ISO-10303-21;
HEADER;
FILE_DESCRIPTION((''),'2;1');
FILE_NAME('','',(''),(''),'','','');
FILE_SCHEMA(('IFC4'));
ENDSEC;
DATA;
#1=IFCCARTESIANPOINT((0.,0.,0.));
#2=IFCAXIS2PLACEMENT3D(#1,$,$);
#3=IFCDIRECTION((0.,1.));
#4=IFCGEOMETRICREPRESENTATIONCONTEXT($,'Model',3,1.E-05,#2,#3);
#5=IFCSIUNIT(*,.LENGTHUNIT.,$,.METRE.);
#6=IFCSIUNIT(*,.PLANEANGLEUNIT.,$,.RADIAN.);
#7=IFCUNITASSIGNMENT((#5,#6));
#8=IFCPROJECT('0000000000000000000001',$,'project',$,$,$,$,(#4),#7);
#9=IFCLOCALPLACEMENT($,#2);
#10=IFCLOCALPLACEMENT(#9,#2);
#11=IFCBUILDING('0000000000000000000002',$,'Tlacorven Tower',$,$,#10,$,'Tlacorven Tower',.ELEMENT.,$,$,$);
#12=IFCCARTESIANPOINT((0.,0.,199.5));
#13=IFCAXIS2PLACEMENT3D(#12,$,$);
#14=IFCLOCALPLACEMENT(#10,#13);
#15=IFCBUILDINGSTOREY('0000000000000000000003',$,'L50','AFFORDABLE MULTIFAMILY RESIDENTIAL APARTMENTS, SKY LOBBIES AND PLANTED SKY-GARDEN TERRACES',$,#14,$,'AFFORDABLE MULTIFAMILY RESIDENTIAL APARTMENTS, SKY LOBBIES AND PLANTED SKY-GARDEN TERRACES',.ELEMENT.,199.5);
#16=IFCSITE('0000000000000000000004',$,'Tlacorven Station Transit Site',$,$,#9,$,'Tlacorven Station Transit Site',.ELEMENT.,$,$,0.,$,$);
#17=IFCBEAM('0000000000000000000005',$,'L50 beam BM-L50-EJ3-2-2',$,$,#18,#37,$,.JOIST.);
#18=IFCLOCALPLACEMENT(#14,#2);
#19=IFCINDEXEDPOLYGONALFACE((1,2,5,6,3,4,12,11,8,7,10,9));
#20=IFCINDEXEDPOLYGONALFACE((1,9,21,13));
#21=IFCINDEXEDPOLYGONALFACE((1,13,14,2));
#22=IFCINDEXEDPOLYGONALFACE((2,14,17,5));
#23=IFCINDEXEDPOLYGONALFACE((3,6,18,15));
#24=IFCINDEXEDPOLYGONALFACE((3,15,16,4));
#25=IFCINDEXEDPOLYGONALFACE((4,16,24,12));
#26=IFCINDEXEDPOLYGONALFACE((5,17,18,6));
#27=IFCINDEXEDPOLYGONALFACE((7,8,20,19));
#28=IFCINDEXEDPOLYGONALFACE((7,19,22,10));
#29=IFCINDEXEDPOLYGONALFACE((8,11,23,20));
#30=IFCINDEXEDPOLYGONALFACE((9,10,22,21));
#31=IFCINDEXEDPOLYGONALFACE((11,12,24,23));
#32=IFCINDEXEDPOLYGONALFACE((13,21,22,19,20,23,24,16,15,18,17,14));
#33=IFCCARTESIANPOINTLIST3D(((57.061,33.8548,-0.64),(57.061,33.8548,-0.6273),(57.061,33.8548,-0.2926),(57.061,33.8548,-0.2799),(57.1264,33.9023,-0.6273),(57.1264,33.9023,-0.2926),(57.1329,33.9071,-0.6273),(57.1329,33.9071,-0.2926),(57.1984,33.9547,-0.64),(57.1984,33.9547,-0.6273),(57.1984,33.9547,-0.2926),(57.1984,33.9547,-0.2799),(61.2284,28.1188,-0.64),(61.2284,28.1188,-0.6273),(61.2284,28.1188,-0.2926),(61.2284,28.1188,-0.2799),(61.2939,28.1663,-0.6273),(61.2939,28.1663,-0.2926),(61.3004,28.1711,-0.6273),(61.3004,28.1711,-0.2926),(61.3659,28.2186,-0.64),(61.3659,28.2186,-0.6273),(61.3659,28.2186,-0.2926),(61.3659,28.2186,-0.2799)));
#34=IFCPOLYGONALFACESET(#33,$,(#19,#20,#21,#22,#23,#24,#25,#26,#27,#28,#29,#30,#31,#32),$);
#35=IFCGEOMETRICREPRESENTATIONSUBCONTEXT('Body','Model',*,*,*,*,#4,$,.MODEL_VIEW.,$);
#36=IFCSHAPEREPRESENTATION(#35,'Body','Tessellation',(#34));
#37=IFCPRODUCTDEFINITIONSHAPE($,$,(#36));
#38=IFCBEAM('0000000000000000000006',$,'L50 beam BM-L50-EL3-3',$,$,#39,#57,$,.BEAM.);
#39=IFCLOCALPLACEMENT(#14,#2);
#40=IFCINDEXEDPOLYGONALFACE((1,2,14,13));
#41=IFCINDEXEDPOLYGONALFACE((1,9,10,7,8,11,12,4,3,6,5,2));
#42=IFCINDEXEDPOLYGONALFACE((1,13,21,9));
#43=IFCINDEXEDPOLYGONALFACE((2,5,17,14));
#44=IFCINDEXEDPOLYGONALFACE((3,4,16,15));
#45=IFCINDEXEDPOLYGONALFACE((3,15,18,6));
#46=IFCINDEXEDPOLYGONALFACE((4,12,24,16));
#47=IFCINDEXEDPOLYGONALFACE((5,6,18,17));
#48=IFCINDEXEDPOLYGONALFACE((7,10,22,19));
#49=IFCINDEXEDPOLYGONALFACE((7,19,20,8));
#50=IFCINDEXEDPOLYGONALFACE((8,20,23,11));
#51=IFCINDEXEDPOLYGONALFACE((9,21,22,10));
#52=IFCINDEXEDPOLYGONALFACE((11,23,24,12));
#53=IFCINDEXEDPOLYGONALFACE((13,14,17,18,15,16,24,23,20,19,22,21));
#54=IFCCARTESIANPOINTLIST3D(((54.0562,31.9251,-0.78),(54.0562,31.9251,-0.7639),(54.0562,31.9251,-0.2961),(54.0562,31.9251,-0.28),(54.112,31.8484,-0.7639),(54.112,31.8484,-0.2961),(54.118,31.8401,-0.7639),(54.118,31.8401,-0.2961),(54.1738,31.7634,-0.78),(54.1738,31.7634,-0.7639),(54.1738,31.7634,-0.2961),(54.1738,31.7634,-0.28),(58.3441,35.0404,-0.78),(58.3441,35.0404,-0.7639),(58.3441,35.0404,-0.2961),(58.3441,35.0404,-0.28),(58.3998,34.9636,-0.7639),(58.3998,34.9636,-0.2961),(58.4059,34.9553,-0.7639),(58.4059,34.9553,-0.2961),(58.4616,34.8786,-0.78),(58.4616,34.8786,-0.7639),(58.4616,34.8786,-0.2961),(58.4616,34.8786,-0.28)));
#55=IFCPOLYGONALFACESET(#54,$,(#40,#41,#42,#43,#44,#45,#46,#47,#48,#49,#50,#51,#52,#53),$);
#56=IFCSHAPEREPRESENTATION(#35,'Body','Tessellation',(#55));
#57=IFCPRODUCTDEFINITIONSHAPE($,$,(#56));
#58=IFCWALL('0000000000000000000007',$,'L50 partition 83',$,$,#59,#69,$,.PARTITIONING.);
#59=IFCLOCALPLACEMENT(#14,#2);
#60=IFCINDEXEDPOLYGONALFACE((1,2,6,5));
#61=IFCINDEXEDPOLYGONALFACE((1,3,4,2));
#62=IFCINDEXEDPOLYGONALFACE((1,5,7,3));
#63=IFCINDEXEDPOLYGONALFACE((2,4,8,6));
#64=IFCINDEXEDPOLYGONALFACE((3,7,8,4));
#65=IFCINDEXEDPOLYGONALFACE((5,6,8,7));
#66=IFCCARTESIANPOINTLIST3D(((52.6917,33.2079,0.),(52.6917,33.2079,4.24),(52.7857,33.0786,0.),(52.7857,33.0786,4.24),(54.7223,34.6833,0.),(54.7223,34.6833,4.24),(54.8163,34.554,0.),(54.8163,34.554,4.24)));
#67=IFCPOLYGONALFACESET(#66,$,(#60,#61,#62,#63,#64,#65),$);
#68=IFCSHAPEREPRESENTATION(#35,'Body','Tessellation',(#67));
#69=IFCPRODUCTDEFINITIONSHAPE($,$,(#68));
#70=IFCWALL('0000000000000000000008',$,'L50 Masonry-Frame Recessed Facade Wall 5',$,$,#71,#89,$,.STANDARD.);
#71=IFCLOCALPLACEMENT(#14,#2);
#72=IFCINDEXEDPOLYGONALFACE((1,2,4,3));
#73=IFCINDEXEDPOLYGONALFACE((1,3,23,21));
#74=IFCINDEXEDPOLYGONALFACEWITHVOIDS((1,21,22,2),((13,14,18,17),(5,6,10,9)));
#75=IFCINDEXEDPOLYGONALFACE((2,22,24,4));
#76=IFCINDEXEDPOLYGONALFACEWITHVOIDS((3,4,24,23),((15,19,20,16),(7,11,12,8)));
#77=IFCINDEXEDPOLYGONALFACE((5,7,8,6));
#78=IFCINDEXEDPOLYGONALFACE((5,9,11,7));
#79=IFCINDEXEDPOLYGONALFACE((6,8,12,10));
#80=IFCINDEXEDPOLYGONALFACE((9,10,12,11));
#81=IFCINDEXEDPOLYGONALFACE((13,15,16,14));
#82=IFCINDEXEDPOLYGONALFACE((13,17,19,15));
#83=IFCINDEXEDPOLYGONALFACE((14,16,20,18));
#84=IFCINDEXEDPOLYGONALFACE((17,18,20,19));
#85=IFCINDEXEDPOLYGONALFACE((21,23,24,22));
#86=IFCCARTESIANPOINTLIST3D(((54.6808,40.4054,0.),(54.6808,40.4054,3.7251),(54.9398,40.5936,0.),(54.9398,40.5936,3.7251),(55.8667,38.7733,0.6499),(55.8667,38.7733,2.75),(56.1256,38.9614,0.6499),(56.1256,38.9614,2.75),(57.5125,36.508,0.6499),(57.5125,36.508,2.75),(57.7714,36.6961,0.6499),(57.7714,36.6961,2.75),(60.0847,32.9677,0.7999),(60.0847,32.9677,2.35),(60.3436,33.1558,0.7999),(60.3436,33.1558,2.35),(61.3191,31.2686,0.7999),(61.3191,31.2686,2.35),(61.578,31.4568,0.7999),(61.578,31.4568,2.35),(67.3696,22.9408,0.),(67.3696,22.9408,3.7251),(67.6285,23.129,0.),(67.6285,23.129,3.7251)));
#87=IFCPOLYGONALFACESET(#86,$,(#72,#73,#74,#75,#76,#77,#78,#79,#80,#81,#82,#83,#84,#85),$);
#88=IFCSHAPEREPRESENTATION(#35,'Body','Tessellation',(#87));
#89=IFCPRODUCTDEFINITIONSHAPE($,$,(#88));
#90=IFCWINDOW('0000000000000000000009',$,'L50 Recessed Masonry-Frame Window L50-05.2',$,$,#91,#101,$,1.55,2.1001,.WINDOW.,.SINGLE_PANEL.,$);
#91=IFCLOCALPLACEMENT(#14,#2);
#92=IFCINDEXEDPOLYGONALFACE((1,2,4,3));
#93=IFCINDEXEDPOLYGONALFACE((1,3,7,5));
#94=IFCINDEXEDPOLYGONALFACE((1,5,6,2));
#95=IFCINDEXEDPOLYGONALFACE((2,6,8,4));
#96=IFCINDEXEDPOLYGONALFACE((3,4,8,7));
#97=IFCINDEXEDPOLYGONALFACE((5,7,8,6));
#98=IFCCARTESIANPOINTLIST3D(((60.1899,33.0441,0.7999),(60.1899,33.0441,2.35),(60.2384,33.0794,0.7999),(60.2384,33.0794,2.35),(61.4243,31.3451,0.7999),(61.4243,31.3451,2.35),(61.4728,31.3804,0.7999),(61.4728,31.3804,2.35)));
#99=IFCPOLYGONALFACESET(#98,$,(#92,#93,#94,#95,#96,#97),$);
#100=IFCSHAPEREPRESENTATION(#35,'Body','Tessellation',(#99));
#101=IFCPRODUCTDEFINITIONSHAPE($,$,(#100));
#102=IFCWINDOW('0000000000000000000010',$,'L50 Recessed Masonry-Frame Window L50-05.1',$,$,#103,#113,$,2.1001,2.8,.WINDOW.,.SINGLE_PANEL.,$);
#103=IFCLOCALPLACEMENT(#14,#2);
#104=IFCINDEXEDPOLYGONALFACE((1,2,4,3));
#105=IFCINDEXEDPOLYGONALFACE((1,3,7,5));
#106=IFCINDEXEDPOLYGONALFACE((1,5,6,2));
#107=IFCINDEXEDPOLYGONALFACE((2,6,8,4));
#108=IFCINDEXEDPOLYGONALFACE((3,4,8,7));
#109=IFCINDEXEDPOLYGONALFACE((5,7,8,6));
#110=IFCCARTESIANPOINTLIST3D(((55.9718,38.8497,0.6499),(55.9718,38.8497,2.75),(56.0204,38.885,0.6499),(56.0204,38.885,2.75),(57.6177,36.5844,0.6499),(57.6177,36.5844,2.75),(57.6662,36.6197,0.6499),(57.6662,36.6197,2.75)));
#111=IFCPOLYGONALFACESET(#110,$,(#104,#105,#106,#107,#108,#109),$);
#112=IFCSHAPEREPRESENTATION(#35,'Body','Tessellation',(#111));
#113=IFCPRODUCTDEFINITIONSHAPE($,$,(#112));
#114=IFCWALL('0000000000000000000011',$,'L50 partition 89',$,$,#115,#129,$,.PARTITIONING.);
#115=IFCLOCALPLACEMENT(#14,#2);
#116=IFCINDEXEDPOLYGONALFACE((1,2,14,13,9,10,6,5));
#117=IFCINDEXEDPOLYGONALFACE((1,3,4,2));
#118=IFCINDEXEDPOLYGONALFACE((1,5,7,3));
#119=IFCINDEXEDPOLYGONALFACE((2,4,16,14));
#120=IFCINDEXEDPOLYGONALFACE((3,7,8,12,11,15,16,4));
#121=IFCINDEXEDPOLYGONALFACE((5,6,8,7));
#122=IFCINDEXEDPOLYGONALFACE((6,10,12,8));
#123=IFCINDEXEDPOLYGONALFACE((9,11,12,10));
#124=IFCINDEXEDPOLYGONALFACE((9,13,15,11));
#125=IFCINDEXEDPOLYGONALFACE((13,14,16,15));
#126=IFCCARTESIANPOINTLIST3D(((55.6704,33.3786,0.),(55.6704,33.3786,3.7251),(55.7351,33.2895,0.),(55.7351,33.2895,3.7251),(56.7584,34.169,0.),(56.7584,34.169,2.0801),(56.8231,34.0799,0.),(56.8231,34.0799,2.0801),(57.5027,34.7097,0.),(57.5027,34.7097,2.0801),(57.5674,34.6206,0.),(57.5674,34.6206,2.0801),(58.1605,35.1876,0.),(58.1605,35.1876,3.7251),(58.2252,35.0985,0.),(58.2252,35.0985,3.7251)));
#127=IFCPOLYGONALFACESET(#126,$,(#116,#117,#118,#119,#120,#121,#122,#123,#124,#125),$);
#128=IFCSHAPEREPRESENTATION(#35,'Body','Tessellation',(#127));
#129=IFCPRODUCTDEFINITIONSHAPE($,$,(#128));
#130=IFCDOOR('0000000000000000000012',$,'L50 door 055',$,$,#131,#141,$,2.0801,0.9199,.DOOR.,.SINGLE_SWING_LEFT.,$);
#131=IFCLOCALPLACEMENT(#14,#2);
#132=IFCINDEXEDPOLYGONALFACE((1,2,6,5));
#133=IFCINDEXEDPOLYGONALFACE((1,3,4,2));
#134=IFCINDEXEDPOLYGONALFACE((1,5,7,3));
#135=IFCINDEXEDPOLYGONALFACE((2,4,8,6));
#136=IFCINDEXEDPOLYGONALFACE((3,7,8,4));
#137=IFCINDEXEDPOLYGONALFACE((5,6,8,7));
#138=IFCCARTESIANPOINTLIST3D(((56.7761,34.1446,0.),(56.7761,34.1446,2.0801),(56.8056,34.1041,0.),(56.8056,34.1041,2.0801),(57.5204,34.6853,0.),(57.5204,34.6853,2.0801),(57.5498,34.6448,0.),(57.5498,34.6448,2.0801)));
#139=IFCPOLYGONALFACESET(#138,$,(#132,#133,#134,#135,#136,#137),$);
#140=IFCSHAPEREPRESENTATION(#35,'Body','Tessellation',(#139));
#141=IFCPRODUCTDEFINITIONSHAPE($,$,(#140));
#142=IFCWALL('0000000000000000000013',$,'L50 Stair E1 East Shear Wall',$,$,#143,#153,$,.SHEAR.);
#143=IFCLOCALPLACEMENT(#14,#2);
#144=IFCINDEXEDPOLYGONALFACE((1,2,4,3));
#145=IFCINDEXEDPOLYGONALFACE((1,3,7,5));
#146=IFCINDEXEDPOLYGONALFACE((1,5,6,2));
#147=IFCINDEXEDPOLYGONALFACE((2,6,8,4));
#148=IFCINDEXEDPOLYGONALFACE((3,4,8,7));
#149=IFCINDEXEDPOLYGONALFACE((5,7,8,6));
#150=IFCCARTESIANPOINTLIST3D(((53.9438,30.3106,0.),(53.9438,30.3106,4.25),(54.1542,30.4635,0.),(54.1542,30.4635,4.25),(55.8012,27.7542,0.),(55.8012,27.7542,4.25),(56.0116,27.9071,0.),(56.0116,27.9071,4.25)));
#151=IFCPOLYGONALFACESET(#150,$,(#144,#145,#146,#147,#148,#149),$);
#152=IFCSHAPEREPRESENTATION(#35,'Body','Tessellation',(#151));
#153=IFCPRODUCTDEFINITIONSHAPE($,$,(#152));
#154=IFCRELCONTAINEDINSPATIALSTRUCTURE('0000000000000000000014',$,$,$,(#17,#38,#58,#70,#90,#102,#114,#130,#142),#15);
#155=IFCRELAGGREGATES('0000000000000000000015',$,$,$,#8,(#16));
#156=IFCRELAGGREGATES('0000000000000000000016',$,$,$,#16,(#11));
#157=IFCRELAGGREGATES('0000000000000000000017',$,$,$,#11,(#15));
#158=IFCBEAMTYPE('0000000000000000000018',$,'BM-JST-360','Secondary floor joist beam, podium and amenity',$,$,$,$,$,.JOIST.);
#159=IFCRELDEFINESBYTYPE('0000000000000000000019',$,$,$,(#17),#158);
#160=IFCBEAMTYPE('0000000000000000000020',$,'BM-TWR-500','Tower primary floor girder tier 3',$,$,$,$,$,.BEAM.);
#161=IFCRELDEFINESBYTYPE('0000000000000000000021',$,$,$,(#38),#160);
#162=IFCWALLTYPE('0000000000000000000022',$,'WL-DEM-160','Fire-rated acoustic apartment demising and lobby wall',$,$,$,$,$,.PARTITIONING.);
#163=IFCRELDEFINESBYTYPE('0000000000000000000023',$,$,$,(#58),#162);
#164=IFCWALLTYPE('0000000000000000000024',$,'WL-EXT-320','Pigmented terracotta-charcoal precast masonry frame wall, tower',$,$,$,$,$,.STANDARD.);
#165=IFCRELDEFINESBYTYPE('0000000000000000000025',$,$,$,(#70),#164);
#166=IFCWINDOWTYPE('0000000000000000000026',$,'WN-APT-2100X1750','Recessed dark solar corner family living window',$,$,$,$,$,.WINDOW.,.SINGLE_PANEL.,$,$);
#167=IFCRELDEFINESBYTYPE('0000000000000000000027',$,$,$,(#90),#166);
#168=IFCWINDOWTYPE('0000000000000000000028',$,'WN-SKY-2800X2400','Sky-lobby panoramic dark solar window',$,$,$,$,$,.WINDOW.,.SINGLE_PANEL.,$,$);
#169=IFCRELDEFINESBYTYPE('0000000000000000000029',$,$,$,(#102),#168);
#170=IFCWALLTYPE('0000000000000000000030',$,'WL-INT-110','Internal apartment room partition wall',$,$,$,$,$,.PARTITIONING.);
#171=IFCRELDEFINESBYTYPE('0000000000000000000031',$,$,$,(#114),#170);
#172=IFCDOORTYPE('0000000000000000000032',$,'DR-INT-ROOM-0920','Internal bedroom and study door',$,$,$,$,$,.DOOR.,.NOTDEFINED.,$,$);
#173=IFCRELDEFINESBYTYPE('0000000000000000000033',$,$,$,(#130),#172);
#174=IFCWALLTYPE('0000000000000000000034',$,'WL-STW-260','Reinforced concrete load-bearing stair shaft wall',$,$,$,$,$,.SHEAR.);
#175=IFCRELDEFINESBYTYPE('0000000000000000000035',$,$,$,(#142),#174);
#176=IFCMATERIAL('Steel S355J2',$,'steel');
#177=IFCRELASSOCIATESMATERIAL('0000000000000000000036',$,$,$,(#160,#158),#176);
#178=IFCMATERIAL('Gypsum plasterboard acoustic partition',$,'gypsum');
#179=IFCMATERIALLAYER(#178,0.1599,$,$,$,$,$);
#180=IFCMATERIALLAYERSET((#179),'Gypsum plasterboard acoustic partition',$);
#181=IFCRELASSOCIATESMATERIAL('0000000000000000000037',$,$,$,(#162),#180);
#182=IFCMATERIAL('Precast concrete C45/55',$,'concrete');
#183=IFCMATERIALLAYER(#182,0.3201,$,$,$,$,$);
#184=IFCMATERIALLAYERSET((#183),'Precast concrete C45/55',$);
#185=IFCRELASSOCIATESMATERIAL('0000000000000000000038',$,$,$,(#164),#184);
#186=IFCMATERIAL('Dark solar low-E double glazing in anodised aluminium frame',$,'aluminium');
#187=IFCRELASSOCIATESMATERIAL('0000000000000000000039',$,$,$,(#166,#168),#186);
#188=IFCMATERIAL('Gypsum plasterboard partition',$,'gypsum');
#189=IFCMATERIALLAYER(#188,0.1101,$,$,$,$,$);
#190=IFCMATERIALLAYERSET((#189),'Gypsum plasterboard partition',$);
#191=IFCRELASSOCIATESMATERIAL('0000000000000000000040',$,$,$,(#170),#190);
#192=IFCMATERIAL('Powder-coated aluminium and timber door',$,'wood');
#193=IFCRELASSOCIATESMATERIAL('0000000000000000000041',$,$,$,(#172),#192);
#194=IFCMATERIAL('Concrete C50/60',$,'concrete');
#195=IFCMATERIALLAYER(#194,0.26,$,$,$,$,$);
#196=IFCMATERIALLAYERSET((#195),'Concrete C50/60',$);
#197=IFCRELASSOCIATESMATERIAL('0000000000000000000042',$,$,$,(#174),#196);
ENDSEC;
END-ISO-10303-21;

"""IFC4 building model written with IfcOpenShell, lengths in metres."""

from ifc_helpers import new_model, si_unit, direction, frame, frame_2d, origin, origin_2d, place, context, subcontext, project, spatial, rectangle, i_section, extrude, source, transform, mapped, material, layer, layer_set, material_profile, profile_set, type_object, element, fill, save


model = new_model("IFC4")

# Units and contexts
model_context = context("Model", 3, precision=1e-05, world=origin(), true_north=direction((0.0, 1.0)))
body_context = subcontext(model_context, "Body", "Model", "MODEL_VIEW")
ifc_project = project(units=[si_unit("LENGTHUNIT", "METRE"), si_unit("PLANEANGLEUNIT", "RADIAN")], contexts=[model_context])

# Site, building, storey
site_placement = place(None, origin())
site = spatial("IfcSite", under=ifc_project, at=site_placement, Name="Tlacorven Station Transit Site", LongName="Tlacorven Station Transit Site", CompositionType="ELEMENT", RefElevation=0.0)
building_placement = place(site_placement, origin())
building = spatial("IfcBuilding", under=site, at=building_placement, Name="Tlacorven Tower", LongName="Tlacorven Tower", CompositionType="ELEMENT")
storey_placement = place(building_placement, frame((0.0, 0.0, 199.5)))
storey = spatial("IfcBuildingStorey", under=building, at=storey_placement, Name="L50", Description="AFFORDABLE MULTIFAMILY RESIDENTIAL APARTMENTS, SKY LOBBIES AND PLANTED SKY-GARDEN TERRACES", LongName="AFFORDABLE MULTIFAMILY RESIDENTIAL APARTMENTS, SKY LOBBIES AND PLANTED SKY-GARDEN TERRACES", CompositionType="ELEMENT", Elevation=199.5)

# Beams
ifc_material_1 = material(Name="Steel S355J2", Category="steel")
ifc_material_profile_1 = material_profile(ifc_material_1, i_section(OverallWidth=0.2, OverallDepth=0.5, WebThickness=0.0103, FlangeThickness=0.0161, at=origin_2d()), Name="IPE 500")
ifc_profile_set_1 = profile_set([ifc_material_profile_1], Name="Steel S355J2")
beam_type_1 = type_object("IfcBeamType", Name="BM-TWR-500", Description="Tower primary floor girder tier 3", PredefinedType="BEAM", material=ifc_profile_set_1)
ifc_material_profile_2 = material_profile(ifc_material_1, i_section(OverallWidth=0.1699, OverallDepth=0.3601, WebThickness=0.0081, FlangeThickness=0.0127, at=origin_2d()), Name="IPE 360")
ifc_profile_set_2 = profile_set([ifc_material_profile_2], Name="Steel S355J2")
beam_type_2 = type_object("IfcBeamType", Name="BM-JST-360", Description="Secondary floor joist beam, podium and amenity", PredefinedType="JOIST", material=ifc_profile_set_2)
shared_shape_1 = source(origin(), body_context, "Body", "SweptSolid", [
    extrude(i_section(OverallWidth=0.1699, OverallDepth=0.3601, WebThickness=0.0081, FlangeThickness=0.0127, at=origin_2d()), origin(), (0.0, 0.0, 1.0), 7.0901),
])
beam_1_placement = place(storey_placement, frame((61.2971, 28.1687, -0.46), z_axis=(-0.587783, 0.809019, 0.0), x_axis=(-0.809019, -0.587783, 0.0)))
element("IfcBeam", 1, at=beam_1_placement, inside=storey, type_object=beam_type_2, Name="L50 beam BM-L50-EJ3-2-2", PredefinedType="JOIST", context=body_context, shape_type="MappedRepresentation", body=[
    mapped(shared_shape_1, transform((0.0, 0.0, 0.0), scale=1.0)),
])
shared_shape_2 = source(origin(), body_context, "Body", "SweptSolid", [
    extrude(i_section(OverallWidth=0.2, OverallDepth=0.5, WebThickness=0.0103, FlangeThickness=0.0161, at=origin_2d()), origin(), (0.0, 0.0, 1.0), 5.3),
])
beam_2_placement = place(storey_placement, frame((54.115, 31.8442, -0.53), z_axis=(0.809023, 0.587777, 0.0), x_axis=(-0.587777, 0.809023, 0.0)))
element("IfcBeam", 2, at=beam_2_placement, inside=storey, type_object=beam_type_1, Name="L50 beam BM-L50-EL3-3", PredefinedType="BEAM", context=body_context, shape_type="MappedRepresentation", body=[
    mapped(shared_shape_2, transform((0.0, 0.0, 0.0), scale=1.0)),
])

# Wall
ifc_material_2 = material(Name="Gypsum plasterboard acoustic partition", Category="gypsum")
ifc_layer_1 = layer(ifc_material_2, 0.1599)
ifc_layer_set_1 = layer_set([ifc_layer_1], Name="Gypsum plasterboard acoustic partition")
wall_type_1 = type_object("IfcWallType", Name="WL-DEM-160", Description="Fire-rated acoustic apartment demising and lobby wall", PredefinedType="PARTITIONING", material=ifc_layer_set_1)
wall_1_placement = place(storey_placement, frame((52.7388, 33.1433, 0.0), z_axis=(0.0, 0.0, 1.0), x_axis=(0.809001, 0.587807, 0.0)))
element("IfcWall", 3, at=wall_1_placement, inside=storey, type_object=wall_type_1, Name="L50 partition 83", PredefinedType="PARTITIONING", context=body_context, shape_type="SweptSolid", body=[
    extrude(rectangle(XDim=2.51, YDim=0.1599, at=frame_2d((1.2549, 0.0))), origin(), (0.0, 0.0, 1.0), 4.24),
])

# Wall, openings, windows
ifc_material_3 = material(Name="Precast concrete C45/55", Category="concrete")
ifc_layer_2 = layer(ifc_material_3, 0.3201)
ifc_layer_set_2 = layer_set([ifc_layer_2], Name="Precast concrete C45/55")
wall_type_2 = type_object("IfcWallType", Name="WL-EXT-320", Description="Pigmented terracotta-charcoal precast masonry frame wall, tower", PredefinedType="STANDARD", material=ifc_layer_set_2)
wall_2_placement = place(storey_placement, frame((54.8103, 40.4995, 0.0), z_axis=(0.0, 0.0, 1.0), x_axis=(0.587784, -0.809018, 0.0)))
wall_2 = element("IfcWall", 4, at=wall_2_placement, inside=storey, type_object=wall_type_2, Name="L50 Masonry-Frame Recessed Facade Wall 5", PredefinedType="STANDARD", context=body_context, shape_type="SweptSolid", body=[
    extrude(rectangle(XDim=21.5874, YDim=0.3201, at=frame_2d((10.7937, 0.0))), origin(), (0.0, 0.0, 1.0), 3.7251),
])
opening_1_placement = place(wall_2_placement, frame((2.0176, 0.0, 0.6499)))
opening_1 = element("IfcOpeningElement", 5, at=opening_1_placement, cuts=wall_2, PredefinedType="OPENING", context=body_context, shape_type="SweptSolid", body=[
    extrude(rectangle(XDim=2.8, YDim=2.1001, at=frame_2d((1.3999, 1.05))), frame((0.0, 0.1699, 0.0), z_axis=(0.0, -1.0, 0.0), x_axis=(1.0, 0.0, 0.0)), (0.0, 0.0, 1.0), 0.3401),
])
opening_2_placement = place(wall_2_placement, frame((9.1936, 0.0, 0.8)))
opening_2 = element("IfcOpeningElement", 6, at=opening_2_placement, cuts=wall_2, PredefinedType="OPENING", context=body_context, shape_type="SweptSolid", body=[
    extrude(rectangle(XDim=2.1001, YDim=1.55, at=frame_2d((1.05, 0.7749))), frame((0.0, 0.1699, 0.0), z_axis=(0.0, -1.0, 0.0), x_axis=(1.0, 0.0, 0.0)), (0.0, 0.0, 1.0), 0.3401),
])
ifc_material_4 = material(Name="Dark solar low-E double glazing in anodised aluminium frame", Category="aluminium")
window_type_1 = type_object("IfcWindowType", Name="WN-APT-2100X1750", Description="Recessed dark solar corner family living window", PartitioningType="SINGLE_PANEL", PredefinedType="WINDOW", material=ifc_material_4)
shared_shape_3 = source(origin(), body_context, "Body", "SweptSolid", [
    extrude(rectangle(XDim=2.1001, YDim=1.55, at=frame_2d((1.05, 0.7749))), frame((0.0, 0.03, 0.0), z_axis=(0.0, -1.0, 0.0), x_axis=(1.0, 0.0, 0.0)), (0.0, 0.0, 1.0), 0.0601),
])
window_1_placement = place(opening_2_placement, origin())
window_1 = element("IfcWindow", 7, at=window_1_placement, inside=storey, type_object=window_type_1, Name="L50 Recessed Masonry-Frame Window L50-05.2", OverallHeight=1.55, OverallWidth=2.1001, PartitioningType="SINGLE_PANEL", PredefinedType="WINDOW", context=body_context, shape_type="MappedRepresentation", body=[
    mapped(shared_shape_3, transform((0.0, 0.0, 0.0), scale=1.0)),
])
fill(opening_2, window_1)
window_type_2 = type_object("IfcWindowType", Name="WN-SKY-2800X2400", Description="Sky-lobby panoramic dark solar window", PartitioningType="SINGLE_PANEL", PredefinedType="WINDOW", material=ifc_material_4)
shared_shape_4 = source(origin(), body_context, "Body", "SweptSolid", [
    extrude(rectangle(XDim=2.8, YDim=2.1001, at=frame_2d((1.3999, 1.05))), frame((0.0, 0.03, 0.0), z_axis=(0.0, -1.0, 0.0), x_axis=(1.0, 0.0, 0.0)), (0.0, 0.0, 1.0), 0.0601),
])
window_2_placement = place(opening_1_placement, origin())
window_2 = element("IfcWindow", 8, at=window_2_placement, inside=storey, type_object=window_type_2, Name="L50 Recessed Masonry-Frame Window L50-05.1", OverallHeight=2.1001, OverallWidth=2.8, PartitioningType="SINGLE_PANEL", PredefinedType="WINDOW", context=body_context, shape_type="MappedRepresentation", body=[
    mapped(shared_shape_4, transform((0.0, 0.0, 0.0), scale=1.0)),
])
fill(opening_1, window_2)

# Wall, opening, door
ifc_material_5 = material(Name="Gypsum plasterboard partition", Category="gypsum")
ifc_layer_3 = layer(ifc_material_5, 0.1101)
ifc_layer_set_3 = layer_set([ifc_layer_3], Name="Gypsum plasterboard partition")
wall_type_3 = type_object("IfcWallType", Name="WL-INT-110", Description="Internal apartment room partition wall", PredefinedType="PARTITIONING", material=ifc_layer_set_3)
wall_3_placement = place(storey_placement, frame((55.7026, 33.334, 0.0), z_axis=(0.0, 0.0, 1.0), x_axis=(0.809045, 0.587747, 0.0)))
wall_3 = element("IfcWall", 9, at=wall_3_placement, inside=storey, type_object=wall_type_3, Name="L50 partition 89", PredefinedType="PARTITIONING", context=body_context, shape_type="SweptSolid", body=[
    extrude(rectangle(XDim=3.0779, YDim=0.1101, at=frame_2d((1.5391, 0.0))), origin(), (0.0, 0.0, 1.0), 3.7251),
])
opening_3_placement = place(wall_3_placement, frame((1.345, 0.0, 0.0)))
opening_3 = element("IfcOpeningElement", 10, at=opening_3_placement, cuts=wall_3, PredefinedType="OPENING", context=body_context, shape_type="SweptSolid", body=[
    extrude(rectangle(XDim=0.9199, YDim=2.0801, at=frame_2d((0.46, 1.04))), frame((0.0, 0.0649, 0.0), z_axis=(0.0, -1.0, 0.0), x_axis=(1.0, 0.0, 0.0)), (0.0, 0.0, 1.0), 0.1301),
])
ifc_material_6 = material(Name="Powder-coated aluminium and timber door", Category="wood")
door_type = type_object("IfcDoorType", Name="DR-INT-ROOM-0920", Description="Internal bedroom and study door", OperationType="NOTDEFINED", PredefinedType="DOOR", material=ifc_material_6)
shared_shape_5 = source(origin(), body_context, "Body", "SweptSolid", [
    extrude(rectangle(XDim=0.9199, YDim=2.0801, at=frame_2d((0.46, 1.04))), frame((0.0, 0.0249, 0.0), z_axis=(0.0, -1.0, 0.0), x_axis=(1.0, 0.0, 0.0)), (0.0, 0.0, 1.0), 0.05),
])
door_placement = place(opening_3_placement, origin())
door = element("IfcDoor", 11, at=door_placement, inside=storey, type_object=door_type, Name="L50 door 055", OperationType="SINGLE_SWING_LEFT", OverallHeight=2.0801, OverallWidth=0.9199, PredefinedType="DOOR", context=body_context, shape_type="MappedRepresentation", body=[
    mapped(shared_shape_5, transform((0.0, 0.0, 0.0), scale=1.0)),
])
fill(opening_3, door)

# Wall
ifc_material_7 = material(Name="Concrete C50/60", Category="concrete")
ifc_layer_4 = layer(ifc_material_7, 0.26)
ifc_layer_set_4 = layer_set([ifc_layer_4], Name="Concrete C50/60")
wall_type_4 = type_object("IfcWallType", Name="WL-STW-260", Description="Reinforced concrete load-bearing stair shaft wall", PredefinedType="SHEAR", material=ifc_layer_set_4)
wall_4_placement = place(storey_placement, frame((55.9065, 27.8306, 0.0), z_axis=(0.0, 0.0, 1.0), x_axis=(-0.587804, 0.809003, 0.0)))
element("IfcWall", 12, at=wall_4_placement, inside=storey, type_object=wall_type_4, Name="L50 Stair E1 East Shear Wall", PredefinedType="SHEAR", context=body_context, shape_type="SweptSolid", body=[
    extrude(rectangle(XDim=3.1599, YDim=0.26, at=frame_2d((1.5801, 0.0))), origin(), (0.0, 0.0, 1.0), 4.25),
])

save(model, "model.ifc")
